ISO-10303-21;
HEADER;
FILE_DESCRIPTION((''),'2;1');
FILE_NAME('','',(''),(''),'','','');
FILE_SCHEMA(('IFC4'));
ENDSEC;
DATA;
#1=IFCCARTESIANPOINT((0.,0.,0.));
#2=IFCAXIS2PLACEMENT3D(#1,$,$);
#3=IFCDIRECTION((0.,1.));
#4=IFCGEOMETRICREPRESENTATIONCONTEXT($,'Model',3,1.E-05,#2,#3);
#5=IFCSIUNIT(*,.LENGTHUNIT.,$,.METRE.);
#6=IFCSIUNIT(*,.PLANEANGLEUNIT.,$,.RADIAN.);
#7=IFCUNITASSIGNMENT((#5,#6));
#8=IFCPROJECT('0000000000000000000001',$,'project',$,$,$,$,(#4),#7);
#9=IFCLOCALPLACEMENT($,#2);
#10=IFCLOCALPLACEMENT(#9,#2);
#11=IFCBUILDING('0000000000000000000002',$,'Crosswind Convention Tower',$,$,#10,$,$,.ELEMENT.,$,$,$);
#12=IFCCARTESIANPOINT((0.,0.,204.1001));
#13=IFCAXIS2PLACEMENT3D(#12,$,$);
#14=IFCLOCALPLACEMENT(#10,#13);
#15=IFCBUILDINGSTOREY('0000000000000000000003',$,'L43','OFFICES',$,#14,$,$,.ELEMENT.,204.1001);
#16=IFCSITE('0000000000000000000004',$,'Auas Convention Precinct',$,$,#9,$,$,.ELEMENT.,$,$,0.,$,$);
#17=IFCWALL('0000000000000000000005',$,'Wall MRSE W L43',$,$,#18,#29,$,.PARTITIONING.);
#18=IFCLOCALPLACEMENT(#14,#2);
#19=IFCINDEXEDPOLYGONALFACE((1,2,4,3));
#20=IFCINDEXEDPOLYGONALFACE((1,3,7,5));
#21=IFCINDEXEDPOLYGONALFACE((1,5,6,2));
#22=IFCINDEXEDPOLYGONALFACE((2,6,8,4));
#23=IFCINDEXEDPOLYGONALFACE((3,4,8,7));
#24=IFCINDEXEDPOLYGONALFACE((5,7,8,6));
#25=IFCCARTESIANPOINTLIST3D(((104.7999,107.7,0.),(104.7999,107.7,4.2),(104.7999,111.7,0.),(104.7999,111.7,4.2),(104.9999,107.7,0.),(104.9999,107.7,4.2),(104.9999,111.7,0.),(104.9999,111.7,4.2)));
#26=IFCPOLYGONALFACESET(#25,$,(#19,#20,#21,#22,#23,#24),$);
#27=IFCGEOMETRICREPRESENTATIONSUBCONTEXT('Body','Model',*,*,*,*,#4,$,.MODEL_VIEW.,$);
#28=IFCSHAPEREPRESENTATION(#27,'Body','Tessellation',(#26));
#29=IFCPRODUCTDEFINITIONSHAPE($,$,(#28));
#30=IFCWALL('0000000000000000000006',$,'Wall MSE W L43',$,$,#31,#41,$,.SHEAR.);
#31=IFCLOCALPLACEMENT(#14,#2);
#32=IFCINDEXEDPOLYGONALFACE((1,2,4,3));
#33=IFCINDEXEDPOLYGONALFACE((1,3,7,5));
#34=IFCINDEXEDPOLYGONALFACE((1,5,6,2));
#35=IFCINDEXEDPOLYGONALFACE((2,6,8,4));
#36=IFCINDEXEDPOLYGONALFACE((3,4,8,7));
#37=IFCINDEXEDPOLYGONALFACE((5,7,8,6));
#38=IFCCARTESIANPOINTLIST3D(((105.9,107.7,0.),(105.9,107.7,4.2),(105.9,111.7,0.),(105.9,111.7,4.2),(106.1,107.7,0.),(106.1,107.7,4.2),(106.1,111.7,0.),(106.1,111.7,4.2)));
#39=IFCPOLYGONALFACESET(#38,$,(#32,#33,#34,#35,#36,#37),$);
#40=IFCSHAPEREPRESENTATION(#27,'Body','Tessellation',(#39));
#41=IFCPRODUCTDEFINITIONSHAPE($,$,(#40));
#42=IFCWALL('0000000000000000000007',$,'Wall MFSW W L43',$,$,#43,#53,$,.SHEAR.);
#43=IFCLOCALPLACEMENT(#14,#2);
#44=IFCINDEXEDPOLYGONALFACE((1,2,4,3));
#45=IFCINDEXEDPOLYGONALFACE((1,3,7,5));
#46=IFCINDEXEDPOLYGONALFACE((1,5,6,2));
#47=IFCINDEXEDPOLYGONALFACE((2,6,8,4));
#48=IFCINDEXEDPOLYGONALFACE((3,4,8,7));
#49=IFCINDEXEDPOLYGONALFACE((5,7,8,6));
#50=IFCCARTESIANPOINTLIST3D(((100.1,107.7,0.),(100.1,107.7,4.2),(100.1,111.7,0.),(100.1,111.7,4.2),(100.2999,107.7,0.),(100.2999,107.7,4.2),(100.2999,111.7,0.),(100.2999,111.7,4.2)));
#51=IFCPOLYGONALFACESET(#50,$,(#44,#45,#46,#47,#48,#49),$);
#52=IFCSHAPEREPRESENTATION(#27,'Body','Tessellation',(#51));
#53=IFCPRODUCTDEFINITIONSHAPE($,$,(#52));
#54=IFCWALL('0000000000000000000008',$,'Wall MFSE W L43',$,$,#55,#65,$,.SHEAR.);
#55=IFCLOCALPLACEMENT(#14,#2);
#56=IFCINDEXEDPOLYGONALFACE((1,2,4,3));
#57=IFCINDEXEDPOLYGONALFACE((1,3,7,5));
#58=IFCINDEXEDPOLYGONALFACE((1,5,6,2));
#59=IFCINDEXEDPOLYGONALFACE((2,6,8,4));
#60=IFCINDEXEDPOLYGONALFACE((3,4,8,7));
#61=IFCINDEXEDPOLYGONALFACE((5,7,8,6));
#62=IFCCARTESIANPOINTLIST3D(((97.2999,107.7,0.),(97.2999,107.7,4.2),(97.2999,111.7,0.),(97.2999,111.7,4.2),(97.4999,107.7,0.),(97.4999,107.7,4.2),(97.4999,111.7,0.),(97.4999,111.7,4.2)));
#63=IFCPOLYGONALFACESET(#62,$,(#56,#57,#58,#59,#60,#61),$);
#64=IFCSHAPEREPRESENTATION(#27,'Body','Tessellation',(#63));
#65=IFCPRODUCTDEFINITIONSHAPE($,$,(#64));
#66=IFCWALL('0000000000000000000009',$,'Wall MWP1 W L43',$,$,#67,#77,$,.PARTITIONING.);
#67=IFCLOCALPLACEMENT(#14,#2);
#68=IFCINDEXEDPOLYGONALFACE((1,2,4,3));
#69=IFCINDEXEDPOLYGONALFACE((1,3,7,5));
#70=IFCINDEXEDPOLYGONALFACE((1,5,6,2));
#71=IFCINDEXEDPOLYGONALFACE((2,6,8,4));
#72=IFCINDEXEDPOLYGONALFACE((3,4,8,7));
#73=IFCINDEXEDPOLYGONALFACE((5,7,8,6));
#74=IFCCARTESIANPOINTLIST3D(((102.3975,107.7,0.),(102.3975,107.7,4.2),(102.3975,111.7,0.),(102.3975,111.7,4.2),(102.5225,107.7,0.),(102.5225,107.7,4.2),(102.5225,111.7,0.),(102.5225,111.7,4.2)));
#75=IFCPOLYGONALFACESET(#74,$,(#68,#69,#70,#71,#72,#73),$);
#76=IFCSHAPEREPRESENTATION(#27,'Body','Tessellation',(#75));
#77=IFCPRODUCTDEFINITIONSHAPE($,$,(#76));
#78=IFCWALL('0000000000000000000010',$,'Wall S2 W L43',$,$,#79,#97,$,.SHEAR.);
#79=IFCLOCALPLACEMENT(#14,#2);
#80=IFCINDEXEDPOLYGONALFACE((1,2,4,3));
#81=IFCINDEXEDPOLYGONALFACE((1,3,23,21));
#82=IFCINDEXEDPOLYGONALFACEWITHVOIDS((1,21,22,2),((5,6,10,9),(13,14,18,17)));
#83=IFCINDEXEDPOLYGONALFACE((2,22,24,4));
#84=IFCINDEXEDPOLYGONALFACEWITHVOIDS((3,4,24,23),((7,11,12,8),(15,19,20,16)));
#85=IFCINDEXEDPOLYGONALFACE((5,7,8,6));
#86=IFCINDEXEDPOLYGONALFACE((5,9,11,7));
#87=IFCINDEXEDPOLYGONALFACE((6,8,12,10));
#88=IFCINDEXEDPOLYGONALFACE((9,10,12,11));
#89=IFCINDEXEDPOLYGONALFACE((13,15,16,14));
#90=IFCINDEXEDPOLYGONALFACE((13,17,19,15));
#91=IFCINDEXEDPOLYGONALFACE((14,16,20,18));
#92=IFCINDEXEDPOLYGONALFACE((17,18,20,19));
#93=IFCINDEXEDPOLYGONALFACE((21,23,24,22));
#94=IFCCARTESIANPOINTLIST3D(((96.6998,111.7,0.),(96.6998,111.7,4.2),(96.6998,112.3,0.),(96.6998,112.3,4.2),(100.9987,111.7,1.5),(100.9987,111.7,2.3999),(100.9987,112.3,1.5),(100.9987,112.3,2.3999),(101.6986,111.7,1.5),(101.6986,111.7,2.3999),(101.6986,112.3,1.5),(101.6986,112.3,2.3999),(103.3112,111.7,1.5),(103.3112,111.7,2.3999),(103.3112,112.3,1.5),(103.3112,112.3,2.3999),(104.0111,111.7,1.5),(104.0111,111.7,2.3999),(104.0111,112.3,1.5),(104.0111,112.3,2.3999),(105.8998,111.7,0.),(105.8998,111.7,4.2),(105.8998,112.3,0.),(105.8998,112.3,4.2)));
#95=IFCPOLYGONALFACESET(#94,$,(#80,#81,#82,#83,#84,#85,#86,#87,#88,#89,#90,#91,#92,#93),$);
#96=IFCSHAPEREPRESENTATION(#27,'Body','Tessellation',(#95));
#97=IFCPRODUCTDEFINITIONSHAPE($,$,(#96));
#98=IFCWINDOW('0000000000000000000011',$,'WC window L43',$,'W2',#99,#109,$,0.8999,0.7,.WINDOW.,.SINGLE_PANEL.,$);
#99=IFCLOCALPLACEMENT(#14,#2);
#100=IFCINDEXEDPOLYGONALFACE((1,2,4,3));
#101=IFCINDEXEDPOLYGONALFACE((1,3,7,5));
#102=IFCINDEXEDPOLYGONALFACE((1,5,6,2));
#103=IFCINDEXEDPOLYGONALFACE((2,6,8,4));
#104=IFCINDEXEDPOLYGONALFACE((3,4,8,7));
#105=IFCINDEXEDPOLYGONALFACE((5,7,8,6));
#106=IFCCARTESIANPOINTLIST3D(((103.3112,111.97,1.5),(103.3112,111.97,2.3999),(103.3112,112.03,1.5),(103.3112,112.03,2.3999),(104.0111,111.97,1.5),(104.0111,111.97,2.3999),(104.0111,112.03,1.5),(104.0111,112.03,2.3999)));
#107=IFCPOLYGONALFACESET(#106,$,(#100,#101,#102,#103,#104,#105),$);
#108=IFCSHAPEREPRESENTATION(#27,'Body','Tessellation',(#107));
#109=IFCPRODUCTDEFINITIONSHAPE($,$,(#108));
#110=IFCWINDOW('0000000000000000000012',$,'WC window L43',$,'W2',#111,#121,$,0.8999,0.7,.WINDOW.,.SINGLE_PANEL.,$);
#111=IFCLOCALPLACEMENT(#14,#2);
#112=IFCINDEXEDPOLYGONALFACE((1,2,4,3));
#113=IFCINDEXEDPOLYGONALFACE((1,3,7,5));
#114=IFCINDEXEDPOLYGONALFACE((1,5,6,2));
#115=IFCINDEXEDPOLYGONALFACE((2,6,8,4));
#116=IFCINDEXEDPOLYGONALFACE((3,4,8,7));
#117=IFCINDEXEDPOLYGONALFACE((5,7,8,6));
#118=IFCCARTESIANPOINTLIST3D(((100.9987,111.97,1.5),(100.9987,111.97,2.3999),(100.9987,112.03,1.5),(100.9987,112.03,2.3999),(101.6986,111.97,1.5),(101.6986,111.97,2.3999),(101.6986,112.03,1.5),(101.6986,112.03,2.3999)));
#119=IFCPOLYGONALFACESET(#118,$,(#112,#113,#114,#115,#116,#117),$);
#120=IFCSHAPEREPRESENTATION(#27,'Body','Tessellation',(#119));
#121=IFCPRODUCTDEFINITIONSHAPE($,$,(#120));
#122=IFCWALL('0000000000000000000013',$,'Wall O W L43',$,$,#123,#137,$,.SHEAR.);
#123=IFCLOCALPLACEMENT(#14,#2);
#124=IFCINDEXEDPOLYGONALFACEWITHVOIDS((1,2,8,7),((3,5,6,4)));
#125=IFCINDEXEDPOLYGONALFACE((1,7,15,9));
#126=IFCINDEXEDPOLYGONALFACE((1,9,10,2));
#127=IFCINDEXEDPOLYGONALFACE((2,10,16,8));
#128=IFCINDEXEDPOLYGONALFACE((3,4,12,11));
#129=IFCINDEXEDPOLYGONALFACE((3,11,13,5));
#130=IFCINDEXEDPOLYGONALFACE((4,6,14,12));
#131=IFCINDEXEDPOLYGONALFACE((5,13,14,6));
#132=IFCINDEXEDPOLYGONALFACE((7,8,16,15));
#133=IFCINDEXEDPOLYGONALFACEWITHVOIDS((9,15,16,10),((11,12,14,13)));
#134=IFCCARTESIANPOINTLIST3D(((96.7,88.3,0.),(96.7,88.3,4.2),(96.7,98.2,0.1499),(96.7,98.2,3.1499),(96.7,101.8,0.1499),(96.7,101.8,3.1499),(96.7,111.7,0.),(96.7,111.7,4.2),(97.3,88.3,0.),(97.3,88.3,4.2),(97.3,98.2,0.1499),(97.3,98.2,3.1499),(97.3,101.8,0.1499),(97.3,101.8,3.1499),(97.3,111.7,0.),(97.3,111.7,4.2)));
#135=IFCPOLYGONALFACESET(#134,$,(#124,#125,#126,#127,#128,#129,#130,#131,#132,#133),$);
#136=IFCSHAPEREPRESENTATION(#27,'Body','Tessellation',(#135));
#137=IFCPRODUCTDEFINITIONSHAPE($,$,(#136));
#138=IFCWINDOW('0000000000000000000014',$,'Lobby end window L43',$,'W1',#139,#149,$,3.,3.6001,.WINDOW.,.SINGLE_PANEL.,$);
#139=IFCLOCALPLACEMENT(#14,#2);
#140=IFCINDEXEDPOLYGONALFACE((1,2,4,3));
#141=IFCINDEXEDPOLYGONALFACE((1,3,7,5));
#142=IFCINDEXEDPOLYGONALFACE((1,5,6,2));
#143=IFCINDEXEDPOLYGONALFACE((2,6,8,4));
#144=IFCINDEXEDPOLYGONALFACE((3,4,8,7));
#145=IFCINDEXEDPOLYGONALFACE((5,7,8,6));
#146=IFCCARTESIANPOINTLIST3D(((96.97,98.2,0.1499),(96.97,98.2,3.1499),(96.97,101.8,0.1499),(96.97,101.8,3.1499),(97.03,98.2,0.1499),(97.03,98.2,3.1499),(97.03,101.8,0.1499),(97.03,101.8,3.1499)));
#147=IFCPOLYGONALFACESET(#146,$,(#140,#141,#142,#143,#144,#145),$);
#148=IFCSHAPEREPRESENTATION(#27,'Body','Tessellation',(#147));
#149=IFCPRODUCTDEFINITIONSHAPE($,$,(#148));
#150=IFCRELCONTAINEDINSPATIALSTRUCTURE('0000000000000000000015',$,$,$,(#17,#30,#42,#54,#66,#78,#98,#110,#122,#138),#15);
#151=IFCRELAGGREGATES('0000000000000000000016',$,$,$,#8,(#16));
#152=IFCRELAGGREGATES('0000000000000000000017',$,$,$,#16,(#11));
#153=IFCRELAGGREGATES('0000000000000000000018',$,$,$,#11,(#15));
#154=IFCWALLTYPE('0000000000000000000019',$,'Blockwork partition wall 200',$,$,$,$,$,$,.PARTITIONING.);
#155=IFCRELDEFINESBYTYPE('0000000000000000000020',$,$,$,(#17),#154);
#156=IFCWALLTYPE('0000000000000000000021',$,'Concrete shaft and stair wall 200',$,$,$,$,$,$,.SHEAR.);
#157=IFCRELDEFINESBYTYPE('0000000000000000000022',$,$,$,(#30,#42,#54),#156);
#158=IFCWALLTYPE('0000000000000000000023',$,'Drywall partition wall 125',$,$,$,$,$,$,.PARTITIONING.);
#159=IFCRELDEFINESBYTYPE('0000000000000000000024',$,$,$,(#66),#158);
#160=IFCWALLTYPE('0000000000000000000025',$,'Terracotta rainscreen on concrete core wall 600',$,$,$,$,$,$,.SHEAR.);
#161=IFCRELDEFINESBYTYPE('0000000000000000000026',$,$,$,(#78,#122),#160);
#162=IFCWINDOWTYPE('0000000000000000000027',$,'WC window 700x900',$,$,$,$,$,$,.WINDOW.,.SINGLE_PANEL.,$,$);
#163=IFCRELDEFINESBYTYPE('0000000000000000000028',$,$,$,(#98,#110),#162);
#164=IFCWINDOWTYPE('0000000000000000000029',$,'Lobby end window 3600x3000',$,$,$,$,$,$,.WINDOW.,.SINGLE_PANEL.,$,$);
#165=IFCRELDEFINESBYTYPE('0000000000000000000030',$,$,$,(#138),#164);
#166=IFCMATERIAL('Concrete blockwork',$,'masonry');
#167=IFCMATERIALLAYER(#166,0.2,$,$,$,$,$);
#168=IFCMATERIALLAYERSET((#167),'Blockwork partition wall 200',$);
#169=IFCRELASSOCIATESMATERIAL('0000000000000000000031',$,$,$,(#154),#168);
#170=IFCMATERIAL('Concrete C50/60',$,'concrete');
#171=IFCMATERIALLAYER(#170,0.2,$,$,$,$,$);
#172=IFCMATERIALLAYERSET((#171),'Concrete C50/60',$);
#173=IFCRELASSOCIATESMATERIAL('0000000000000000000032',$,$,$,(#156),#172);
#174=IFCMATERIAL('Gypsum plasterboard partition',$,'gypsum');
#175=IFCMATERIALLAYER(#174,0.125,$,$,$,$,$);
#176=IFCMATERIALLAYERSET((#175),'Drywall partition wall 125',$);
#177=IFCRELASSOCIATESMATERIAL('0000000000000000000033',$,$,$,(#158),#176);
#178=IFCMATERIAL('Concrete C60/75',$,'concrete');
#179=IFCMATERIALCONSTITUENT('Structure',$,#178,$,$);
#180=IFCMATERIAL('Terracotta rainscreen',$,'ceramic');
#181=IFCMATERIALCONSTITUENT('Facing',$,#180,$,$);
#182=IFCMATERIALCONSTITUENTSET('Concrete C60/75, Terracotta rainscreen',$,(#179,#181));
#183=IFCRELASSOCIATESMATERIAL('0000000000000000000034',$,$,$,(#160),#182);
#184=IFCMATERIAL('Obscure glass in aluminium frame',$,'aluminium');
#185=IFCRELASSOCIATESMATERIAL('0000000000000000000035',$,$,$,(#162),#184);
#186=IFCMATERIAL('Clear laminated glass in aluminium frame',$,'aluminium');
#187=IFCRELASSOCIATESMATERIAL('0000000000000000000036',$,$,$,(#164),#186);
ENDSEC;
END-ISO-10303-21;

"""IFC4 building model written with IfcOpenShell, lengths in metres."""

from ifc_helpers import new_model, si_unit, direction, frame, frame_2d, origin, place, context, subcontext, project, spatial, rectangle, extrude, material, layer, layer_set, constituent, constituent_set, type_object, element, fill, save


model = new_model("IFC4")

# Units and contexts
model_context = context("Model", 3, precision=1e-05, world=origin(), true_north=direction((0.0, 1.0)))
body_context = subcontext(model_context, "Body", "Model", "MODEL_VIEW")
ifc_project = project(units=[si_unit("LENGTHUNIT", "METRE"), si_unit("PLANEANGLEUNIT", "RADIAN")], contexts=[model_context])

# Site, building, storey
site_placement = place(None, origin())
site = spatial("IfcSite", under=ifc_project, at=site_placement, Name="Auas Convention Precinct", CompositionType="ELEMENT", RefElevation=0.0)
building_placement = place(site_placement, origin())
building = spatial("IfcBuilding", under=site, at=building_placement, Name="Crosswind Convention Tower", CompositionType="ELEMENT")
storey_placement = place(building_placement, frame((0.0, 0.0, 204.1001)))
storey = spatial("IfcBuildingStorey", under=building, at=storey_placement, Name="L43", Description="OFFICES", CompositionType="ELEMENT", Elevation=204.1001)

# Walls
ifc_material_1 = material(Name="Concrete blockwork", Category="masonry")
ifc_layer_1 = layer(ifc_material_1, 0.2)
ifc_layer_set_1 = layer_set([ifc_layer_1], Name="Blockwork partition wall 200")
wall_type_1 = type_object("IfcWallType", Name="Blockwork partition wall 200", PredefinedType="PARTITIONING", material=ifc_layer_set_1)
wall_1_placement = place(storey_placement, frame((104.8999, 111.7, 0.0), z_axis=(0.0, 0.0, 1.0), x_axis=(0.0, -1.0, 0.0)))
element("IfcWall", 1, at=wall_1_placement, inside=storey, type_object=wall_type_1, Name="Wall MRSE W L43", PredefinedType="PARTITIONING", context=body_context, shape_type="SweptSolid", body=[
    extrude(rectangle(XDim=4.0, YDim=0.2, at=frame_2d((2.0, 0.0))), origin(), (0.0, 0.0, 1.0), 4.2),
])
ifc_material_2 = material(Name="Concrete C50/60", Category="concrete")
ifc_layer_2 = layer(ifc_material_2, 0.2)
ifc_layer_set_2 = layer_set([ifc_layer_2], Name="Concrete C50/60")
wall_type_2 = type_object("IfcWallType", Name="Concrete shaft and stair wall 200", PredefinedType="SHEAR", material=ifc_layer_set_2)
for number, where, z_axis, x_axis, name in (
    (2, (106.0, 111.7, 0.0), (0.0, 0.0, 1.0), (0.0, -1.0, 0.0), "Wall MSE W L43"),
    (3, (100.2, 111.7, 0.0), (0.0, 0.0, 1.0), (0.0, -1.0, 0.0), "Wall MFSW W L43"),
    (4, (97.3999, 111.7, 0.0), (0.0, 0.0, 1.0), (0.0, -1.0, 0.0), "Wall MFSE W L43"),
):
    element("IfcWall", number, at=place(storey_placement, frame(where, z_axis=z_axis, x_axis=x_axis)), inside=storey, type_object=wall_type_2, Name=name, PredefinedType="SHEAR", context=body_context, shape_type="SweptSolid", body=[
        extrude(rectangle(XDim=4.0, YDim=0.2, at=frame_2d((2.0, 0.0))), origin(), (0.0, 0.0, 1.0), 4.2),
    ])
ifc_material_3 = material(Name="Gypsum plasterboard partition", Category="gypsum")
ifc_layer_3 = layer(ifc_material_3, 0.125)
ifc_layer_set_3 = layer_set([ifc_layer_3], Name="Drywall partition wall 125")
wall_type_3 = type_object("IfcWallType", Name="Drywall partition wall 125", PredefinedType="PARTITIONING", material=ifc_layer_set_3)
wall_2_placement = place(storey_placement, frame((102.46, 111.7, 0.0), z_axis=(0.0, 0.0, 1.0), x_axis=(0.0, -1.0, 0.0)))
element("IfcWall", 5, at=wall_2_placement, inside=storey, type_object=wall_type_3, Name="Wall MWP1 W L43", PredefinedType="PARTITIONING", context=body_context, shape_type="SweptSolid", body=[
    extrude(rectangle(XDim=4.0, YDim=0.125, at=frame_2d((2.0, 0.0))), origin(), (0.0, 0.0, 1.0), 4.2),
])

# Wall, openings, windows
ifc_material_4 = material(Name="Concrete C60/75", Category="concrete")
ifc_constituent_1 = constituent(ifc_material_4, Name="Structure")
ifc_material_5 = material(Name="Terracotta rainscreen", Category="ceramic")
ifc_constituent_2 = constituent(ifc_material_5, Name="Facing")
ifc_constituent_set = constituent_set(constituents=[ifc_constituent_1, ifc_constituent_2], Name="Concrete C60/75, Terracotta rainscreen")
wall_type_4 = type_object("IfcWallType", Name="Terracotta rainscreen on concrete core wall 600", PredefinedType="SHEAR", material=ifc_constituent_set)
wall_3_placement = place(storey_placement, frame((105.8999, 112.0, 0.0), z_axis=(0.0, 0.0, 1.0), x_axis=(-1.0, 0.0, 0.0)))
wall_3 = element("IfcWall", 6, at=wall_3_placement, inside=storey, type_object=wall_type_4, Name="Wall S2 W L43", PredefinedType="SHEAR", context=body_context, shape_type="SweptSolid", body=[
    extrude(rectangle(XDim=9.2, YDim=0.6001, at=frame_2d((4.6001, 0.0))), origin(), (0.0, 0.0, 1.0), 4.2),
])
opening_1_placement = place(wall_3_placement, frame((1.8887, 0.0, 1.5)))
opening_1 = element("IfcOpeningElement", 7, at=opening_1_placement, cuts=wall_3, PredefinedType="OPENING", context=body_context, shape_type="SweptSolid", body=[
    extrude(rectangle(XDim=0.7, YDim=0.8999, at=frame_2d((0.3501, 0.45))), frame((0.0, 0.3101, 0.0), z_axis=(0.0, -1.0, 0.0), x_axis=(1.0, 0.0, 0.0)), (0.0, 0.0, 1.0), 0.6201),
])
opening_2_placement = place(wall_3_placement, frame((4.2012, 0.0, 1.5)))
opening_2 = element("IfcOpeningElement", 8, at=opening_2_placement, cuts=wall_3, PredefinedType="OPENING", context=body_context, shape_type="SweptSolid", body=[
    extrude(rectangle(XDim=0.7, YDim=0.8999, at=frame_2d((0.3501, 0.45))), frame((0.0, 0.3101, 0.0), z_axis=(0.0, -1.0, 0.0), x_axis=(1.0, 0.0, 0.0)), (0.0, 0.0, 1.0), 0.6201),
])
ifc_material_6 = material(Name="Obscure glass in aluminium frame", Category="aluminium")
window_type_1 = type_object("IfcWindowType", Name="WC window 700x900", PartitioningType="SINGLE_PANEL", PredefinedType="WINDOW", material=ifc_material_6)
window_1_placement = place(opening_1_placement, origin())
window_1 = element("IfcWindow", 9, at=window_1_placement, inside=storey, type_object=window_type_1, Name="WC window L43", ObjectType="W2", OverallHeight=0.8999, OverallWidth=0.7, PartitioningType="SINGLE_PANEL", PredefinedType="WINDOW", context=body_context, shape_type="SweptSolid", body=[
    extrude(rectangle(XDim=0.7, YDim=0.8999, at=frame_2d((0.3501, 0.45))), frame((0.0, 0.03, 0.0), z_axis=(0.0, -1.0, 0.0), x_axis=(1.0, 0.0, 0.0)), (0.0, 0.0, 1.0), 0.0601),
])
fill(opening_1, window_1)
window_2_placement = place(opening_2_placement, origin())
window_2 = element("IfcWindow", 10, at=window_2_placement, inside=storey, type_object=window_type_1, Name="WC window L43", ObjectType="W2", OverallHeight=0.8999, OverallWidth=0.7, PartitioningType="SINGLE_PANEL", PredefinedType="WINDOW", context=body_context, shape_type="SweptSolid", body=[
    extrude(rectangle(XDim=0.7, YDim=0.8999, at=frame_2d((0.3501, 0.45))), frame((0.0, 0.03, 0.0), z_axis=(0.0, -1.0, 0.0), x_axis=(1.0, 0.0, 0.0)), (0.0, 0.0, 1.0), 0.0601),
])
fill(opening_2, window_2)

# Wall, opening, window
wall_4_placement = place(storey_placement, frame((97.0, 111.7, 0.0), z_axis=(0.0, 0.0, 1.0), x_axis=(0.0, -1.0, 0.0)))
wall_4 = element("IfcWall", 11, at=wall_4_placement, inside=storey, type_object=wall_type_4, Name="Wall O W L43", PredefinedType="SHEAR", context=body_context, shape_type="SweptSolid", body=[
    extrude(rectangle(XDim=23.3999, YDim=0.6001, at=frame_2d((11.7, 0.0))), origin(), (0.0, 0.0, 1.0), 4.2),
])
opening_3_placement = place(wall_4_placement, frame((9.8999, 0.0, 0.1499)))
opening_3 = element("IfcOpeningElement", 12, at=opening_3_placement, cuts=wall_4, PredefinedType="OPENING", context=body_context, shape_type="SweptSolid", body=[
    extrude(rectangle(XDim=3.6001, YDim=3.0, at=frame_2d((1.8, 1.5))), frame((0.0, 0.3101, 0.0), z_axis=(0.0, -1.0, 0.0), x_axis=(1.0, 0.0, 0.0)), (0.0, 0.0, 1.0), 0.6201),
])
ifc_material_7 = material(Name="Clear laminated glass in aluminium frame", Category="aluminium")
window_type_2 = type_object("IfcWindowType", Name="Lobby end window 3600x3000", PartitioningType="SINGLE_PANEL", PredefinedType="WINDOW", material=ifc_material_7)
window_3_placement = place(opening_3_placement, origin())
window_3 = element("IfcWindow", 13, at=window_3_placement, inside=storey, type_object=window_type_2, Name="Lobby end window L43", ObjectType="W1", OverallHeight=3.0, OverallWidth=3.6001, PartitioningType="SINGLE_PANEL", PredefinedType="WINDOW", context=body_context, shape_type="SweptSolid", body=[
    extrude(rectangle(XDim=3.6001, YDim=3.0, at=frame_2d((1.8, 1.5))), frame((0.0, 0.03, 0.0), z_axis=(0.0, -1.0, 0.0), x_axis=(1.0, 0.0, 0.0)), (0.0, 0.0, 1.0), 0.0601),
])
fill(opening_3, window_3)

save(model, "model.ifc")
